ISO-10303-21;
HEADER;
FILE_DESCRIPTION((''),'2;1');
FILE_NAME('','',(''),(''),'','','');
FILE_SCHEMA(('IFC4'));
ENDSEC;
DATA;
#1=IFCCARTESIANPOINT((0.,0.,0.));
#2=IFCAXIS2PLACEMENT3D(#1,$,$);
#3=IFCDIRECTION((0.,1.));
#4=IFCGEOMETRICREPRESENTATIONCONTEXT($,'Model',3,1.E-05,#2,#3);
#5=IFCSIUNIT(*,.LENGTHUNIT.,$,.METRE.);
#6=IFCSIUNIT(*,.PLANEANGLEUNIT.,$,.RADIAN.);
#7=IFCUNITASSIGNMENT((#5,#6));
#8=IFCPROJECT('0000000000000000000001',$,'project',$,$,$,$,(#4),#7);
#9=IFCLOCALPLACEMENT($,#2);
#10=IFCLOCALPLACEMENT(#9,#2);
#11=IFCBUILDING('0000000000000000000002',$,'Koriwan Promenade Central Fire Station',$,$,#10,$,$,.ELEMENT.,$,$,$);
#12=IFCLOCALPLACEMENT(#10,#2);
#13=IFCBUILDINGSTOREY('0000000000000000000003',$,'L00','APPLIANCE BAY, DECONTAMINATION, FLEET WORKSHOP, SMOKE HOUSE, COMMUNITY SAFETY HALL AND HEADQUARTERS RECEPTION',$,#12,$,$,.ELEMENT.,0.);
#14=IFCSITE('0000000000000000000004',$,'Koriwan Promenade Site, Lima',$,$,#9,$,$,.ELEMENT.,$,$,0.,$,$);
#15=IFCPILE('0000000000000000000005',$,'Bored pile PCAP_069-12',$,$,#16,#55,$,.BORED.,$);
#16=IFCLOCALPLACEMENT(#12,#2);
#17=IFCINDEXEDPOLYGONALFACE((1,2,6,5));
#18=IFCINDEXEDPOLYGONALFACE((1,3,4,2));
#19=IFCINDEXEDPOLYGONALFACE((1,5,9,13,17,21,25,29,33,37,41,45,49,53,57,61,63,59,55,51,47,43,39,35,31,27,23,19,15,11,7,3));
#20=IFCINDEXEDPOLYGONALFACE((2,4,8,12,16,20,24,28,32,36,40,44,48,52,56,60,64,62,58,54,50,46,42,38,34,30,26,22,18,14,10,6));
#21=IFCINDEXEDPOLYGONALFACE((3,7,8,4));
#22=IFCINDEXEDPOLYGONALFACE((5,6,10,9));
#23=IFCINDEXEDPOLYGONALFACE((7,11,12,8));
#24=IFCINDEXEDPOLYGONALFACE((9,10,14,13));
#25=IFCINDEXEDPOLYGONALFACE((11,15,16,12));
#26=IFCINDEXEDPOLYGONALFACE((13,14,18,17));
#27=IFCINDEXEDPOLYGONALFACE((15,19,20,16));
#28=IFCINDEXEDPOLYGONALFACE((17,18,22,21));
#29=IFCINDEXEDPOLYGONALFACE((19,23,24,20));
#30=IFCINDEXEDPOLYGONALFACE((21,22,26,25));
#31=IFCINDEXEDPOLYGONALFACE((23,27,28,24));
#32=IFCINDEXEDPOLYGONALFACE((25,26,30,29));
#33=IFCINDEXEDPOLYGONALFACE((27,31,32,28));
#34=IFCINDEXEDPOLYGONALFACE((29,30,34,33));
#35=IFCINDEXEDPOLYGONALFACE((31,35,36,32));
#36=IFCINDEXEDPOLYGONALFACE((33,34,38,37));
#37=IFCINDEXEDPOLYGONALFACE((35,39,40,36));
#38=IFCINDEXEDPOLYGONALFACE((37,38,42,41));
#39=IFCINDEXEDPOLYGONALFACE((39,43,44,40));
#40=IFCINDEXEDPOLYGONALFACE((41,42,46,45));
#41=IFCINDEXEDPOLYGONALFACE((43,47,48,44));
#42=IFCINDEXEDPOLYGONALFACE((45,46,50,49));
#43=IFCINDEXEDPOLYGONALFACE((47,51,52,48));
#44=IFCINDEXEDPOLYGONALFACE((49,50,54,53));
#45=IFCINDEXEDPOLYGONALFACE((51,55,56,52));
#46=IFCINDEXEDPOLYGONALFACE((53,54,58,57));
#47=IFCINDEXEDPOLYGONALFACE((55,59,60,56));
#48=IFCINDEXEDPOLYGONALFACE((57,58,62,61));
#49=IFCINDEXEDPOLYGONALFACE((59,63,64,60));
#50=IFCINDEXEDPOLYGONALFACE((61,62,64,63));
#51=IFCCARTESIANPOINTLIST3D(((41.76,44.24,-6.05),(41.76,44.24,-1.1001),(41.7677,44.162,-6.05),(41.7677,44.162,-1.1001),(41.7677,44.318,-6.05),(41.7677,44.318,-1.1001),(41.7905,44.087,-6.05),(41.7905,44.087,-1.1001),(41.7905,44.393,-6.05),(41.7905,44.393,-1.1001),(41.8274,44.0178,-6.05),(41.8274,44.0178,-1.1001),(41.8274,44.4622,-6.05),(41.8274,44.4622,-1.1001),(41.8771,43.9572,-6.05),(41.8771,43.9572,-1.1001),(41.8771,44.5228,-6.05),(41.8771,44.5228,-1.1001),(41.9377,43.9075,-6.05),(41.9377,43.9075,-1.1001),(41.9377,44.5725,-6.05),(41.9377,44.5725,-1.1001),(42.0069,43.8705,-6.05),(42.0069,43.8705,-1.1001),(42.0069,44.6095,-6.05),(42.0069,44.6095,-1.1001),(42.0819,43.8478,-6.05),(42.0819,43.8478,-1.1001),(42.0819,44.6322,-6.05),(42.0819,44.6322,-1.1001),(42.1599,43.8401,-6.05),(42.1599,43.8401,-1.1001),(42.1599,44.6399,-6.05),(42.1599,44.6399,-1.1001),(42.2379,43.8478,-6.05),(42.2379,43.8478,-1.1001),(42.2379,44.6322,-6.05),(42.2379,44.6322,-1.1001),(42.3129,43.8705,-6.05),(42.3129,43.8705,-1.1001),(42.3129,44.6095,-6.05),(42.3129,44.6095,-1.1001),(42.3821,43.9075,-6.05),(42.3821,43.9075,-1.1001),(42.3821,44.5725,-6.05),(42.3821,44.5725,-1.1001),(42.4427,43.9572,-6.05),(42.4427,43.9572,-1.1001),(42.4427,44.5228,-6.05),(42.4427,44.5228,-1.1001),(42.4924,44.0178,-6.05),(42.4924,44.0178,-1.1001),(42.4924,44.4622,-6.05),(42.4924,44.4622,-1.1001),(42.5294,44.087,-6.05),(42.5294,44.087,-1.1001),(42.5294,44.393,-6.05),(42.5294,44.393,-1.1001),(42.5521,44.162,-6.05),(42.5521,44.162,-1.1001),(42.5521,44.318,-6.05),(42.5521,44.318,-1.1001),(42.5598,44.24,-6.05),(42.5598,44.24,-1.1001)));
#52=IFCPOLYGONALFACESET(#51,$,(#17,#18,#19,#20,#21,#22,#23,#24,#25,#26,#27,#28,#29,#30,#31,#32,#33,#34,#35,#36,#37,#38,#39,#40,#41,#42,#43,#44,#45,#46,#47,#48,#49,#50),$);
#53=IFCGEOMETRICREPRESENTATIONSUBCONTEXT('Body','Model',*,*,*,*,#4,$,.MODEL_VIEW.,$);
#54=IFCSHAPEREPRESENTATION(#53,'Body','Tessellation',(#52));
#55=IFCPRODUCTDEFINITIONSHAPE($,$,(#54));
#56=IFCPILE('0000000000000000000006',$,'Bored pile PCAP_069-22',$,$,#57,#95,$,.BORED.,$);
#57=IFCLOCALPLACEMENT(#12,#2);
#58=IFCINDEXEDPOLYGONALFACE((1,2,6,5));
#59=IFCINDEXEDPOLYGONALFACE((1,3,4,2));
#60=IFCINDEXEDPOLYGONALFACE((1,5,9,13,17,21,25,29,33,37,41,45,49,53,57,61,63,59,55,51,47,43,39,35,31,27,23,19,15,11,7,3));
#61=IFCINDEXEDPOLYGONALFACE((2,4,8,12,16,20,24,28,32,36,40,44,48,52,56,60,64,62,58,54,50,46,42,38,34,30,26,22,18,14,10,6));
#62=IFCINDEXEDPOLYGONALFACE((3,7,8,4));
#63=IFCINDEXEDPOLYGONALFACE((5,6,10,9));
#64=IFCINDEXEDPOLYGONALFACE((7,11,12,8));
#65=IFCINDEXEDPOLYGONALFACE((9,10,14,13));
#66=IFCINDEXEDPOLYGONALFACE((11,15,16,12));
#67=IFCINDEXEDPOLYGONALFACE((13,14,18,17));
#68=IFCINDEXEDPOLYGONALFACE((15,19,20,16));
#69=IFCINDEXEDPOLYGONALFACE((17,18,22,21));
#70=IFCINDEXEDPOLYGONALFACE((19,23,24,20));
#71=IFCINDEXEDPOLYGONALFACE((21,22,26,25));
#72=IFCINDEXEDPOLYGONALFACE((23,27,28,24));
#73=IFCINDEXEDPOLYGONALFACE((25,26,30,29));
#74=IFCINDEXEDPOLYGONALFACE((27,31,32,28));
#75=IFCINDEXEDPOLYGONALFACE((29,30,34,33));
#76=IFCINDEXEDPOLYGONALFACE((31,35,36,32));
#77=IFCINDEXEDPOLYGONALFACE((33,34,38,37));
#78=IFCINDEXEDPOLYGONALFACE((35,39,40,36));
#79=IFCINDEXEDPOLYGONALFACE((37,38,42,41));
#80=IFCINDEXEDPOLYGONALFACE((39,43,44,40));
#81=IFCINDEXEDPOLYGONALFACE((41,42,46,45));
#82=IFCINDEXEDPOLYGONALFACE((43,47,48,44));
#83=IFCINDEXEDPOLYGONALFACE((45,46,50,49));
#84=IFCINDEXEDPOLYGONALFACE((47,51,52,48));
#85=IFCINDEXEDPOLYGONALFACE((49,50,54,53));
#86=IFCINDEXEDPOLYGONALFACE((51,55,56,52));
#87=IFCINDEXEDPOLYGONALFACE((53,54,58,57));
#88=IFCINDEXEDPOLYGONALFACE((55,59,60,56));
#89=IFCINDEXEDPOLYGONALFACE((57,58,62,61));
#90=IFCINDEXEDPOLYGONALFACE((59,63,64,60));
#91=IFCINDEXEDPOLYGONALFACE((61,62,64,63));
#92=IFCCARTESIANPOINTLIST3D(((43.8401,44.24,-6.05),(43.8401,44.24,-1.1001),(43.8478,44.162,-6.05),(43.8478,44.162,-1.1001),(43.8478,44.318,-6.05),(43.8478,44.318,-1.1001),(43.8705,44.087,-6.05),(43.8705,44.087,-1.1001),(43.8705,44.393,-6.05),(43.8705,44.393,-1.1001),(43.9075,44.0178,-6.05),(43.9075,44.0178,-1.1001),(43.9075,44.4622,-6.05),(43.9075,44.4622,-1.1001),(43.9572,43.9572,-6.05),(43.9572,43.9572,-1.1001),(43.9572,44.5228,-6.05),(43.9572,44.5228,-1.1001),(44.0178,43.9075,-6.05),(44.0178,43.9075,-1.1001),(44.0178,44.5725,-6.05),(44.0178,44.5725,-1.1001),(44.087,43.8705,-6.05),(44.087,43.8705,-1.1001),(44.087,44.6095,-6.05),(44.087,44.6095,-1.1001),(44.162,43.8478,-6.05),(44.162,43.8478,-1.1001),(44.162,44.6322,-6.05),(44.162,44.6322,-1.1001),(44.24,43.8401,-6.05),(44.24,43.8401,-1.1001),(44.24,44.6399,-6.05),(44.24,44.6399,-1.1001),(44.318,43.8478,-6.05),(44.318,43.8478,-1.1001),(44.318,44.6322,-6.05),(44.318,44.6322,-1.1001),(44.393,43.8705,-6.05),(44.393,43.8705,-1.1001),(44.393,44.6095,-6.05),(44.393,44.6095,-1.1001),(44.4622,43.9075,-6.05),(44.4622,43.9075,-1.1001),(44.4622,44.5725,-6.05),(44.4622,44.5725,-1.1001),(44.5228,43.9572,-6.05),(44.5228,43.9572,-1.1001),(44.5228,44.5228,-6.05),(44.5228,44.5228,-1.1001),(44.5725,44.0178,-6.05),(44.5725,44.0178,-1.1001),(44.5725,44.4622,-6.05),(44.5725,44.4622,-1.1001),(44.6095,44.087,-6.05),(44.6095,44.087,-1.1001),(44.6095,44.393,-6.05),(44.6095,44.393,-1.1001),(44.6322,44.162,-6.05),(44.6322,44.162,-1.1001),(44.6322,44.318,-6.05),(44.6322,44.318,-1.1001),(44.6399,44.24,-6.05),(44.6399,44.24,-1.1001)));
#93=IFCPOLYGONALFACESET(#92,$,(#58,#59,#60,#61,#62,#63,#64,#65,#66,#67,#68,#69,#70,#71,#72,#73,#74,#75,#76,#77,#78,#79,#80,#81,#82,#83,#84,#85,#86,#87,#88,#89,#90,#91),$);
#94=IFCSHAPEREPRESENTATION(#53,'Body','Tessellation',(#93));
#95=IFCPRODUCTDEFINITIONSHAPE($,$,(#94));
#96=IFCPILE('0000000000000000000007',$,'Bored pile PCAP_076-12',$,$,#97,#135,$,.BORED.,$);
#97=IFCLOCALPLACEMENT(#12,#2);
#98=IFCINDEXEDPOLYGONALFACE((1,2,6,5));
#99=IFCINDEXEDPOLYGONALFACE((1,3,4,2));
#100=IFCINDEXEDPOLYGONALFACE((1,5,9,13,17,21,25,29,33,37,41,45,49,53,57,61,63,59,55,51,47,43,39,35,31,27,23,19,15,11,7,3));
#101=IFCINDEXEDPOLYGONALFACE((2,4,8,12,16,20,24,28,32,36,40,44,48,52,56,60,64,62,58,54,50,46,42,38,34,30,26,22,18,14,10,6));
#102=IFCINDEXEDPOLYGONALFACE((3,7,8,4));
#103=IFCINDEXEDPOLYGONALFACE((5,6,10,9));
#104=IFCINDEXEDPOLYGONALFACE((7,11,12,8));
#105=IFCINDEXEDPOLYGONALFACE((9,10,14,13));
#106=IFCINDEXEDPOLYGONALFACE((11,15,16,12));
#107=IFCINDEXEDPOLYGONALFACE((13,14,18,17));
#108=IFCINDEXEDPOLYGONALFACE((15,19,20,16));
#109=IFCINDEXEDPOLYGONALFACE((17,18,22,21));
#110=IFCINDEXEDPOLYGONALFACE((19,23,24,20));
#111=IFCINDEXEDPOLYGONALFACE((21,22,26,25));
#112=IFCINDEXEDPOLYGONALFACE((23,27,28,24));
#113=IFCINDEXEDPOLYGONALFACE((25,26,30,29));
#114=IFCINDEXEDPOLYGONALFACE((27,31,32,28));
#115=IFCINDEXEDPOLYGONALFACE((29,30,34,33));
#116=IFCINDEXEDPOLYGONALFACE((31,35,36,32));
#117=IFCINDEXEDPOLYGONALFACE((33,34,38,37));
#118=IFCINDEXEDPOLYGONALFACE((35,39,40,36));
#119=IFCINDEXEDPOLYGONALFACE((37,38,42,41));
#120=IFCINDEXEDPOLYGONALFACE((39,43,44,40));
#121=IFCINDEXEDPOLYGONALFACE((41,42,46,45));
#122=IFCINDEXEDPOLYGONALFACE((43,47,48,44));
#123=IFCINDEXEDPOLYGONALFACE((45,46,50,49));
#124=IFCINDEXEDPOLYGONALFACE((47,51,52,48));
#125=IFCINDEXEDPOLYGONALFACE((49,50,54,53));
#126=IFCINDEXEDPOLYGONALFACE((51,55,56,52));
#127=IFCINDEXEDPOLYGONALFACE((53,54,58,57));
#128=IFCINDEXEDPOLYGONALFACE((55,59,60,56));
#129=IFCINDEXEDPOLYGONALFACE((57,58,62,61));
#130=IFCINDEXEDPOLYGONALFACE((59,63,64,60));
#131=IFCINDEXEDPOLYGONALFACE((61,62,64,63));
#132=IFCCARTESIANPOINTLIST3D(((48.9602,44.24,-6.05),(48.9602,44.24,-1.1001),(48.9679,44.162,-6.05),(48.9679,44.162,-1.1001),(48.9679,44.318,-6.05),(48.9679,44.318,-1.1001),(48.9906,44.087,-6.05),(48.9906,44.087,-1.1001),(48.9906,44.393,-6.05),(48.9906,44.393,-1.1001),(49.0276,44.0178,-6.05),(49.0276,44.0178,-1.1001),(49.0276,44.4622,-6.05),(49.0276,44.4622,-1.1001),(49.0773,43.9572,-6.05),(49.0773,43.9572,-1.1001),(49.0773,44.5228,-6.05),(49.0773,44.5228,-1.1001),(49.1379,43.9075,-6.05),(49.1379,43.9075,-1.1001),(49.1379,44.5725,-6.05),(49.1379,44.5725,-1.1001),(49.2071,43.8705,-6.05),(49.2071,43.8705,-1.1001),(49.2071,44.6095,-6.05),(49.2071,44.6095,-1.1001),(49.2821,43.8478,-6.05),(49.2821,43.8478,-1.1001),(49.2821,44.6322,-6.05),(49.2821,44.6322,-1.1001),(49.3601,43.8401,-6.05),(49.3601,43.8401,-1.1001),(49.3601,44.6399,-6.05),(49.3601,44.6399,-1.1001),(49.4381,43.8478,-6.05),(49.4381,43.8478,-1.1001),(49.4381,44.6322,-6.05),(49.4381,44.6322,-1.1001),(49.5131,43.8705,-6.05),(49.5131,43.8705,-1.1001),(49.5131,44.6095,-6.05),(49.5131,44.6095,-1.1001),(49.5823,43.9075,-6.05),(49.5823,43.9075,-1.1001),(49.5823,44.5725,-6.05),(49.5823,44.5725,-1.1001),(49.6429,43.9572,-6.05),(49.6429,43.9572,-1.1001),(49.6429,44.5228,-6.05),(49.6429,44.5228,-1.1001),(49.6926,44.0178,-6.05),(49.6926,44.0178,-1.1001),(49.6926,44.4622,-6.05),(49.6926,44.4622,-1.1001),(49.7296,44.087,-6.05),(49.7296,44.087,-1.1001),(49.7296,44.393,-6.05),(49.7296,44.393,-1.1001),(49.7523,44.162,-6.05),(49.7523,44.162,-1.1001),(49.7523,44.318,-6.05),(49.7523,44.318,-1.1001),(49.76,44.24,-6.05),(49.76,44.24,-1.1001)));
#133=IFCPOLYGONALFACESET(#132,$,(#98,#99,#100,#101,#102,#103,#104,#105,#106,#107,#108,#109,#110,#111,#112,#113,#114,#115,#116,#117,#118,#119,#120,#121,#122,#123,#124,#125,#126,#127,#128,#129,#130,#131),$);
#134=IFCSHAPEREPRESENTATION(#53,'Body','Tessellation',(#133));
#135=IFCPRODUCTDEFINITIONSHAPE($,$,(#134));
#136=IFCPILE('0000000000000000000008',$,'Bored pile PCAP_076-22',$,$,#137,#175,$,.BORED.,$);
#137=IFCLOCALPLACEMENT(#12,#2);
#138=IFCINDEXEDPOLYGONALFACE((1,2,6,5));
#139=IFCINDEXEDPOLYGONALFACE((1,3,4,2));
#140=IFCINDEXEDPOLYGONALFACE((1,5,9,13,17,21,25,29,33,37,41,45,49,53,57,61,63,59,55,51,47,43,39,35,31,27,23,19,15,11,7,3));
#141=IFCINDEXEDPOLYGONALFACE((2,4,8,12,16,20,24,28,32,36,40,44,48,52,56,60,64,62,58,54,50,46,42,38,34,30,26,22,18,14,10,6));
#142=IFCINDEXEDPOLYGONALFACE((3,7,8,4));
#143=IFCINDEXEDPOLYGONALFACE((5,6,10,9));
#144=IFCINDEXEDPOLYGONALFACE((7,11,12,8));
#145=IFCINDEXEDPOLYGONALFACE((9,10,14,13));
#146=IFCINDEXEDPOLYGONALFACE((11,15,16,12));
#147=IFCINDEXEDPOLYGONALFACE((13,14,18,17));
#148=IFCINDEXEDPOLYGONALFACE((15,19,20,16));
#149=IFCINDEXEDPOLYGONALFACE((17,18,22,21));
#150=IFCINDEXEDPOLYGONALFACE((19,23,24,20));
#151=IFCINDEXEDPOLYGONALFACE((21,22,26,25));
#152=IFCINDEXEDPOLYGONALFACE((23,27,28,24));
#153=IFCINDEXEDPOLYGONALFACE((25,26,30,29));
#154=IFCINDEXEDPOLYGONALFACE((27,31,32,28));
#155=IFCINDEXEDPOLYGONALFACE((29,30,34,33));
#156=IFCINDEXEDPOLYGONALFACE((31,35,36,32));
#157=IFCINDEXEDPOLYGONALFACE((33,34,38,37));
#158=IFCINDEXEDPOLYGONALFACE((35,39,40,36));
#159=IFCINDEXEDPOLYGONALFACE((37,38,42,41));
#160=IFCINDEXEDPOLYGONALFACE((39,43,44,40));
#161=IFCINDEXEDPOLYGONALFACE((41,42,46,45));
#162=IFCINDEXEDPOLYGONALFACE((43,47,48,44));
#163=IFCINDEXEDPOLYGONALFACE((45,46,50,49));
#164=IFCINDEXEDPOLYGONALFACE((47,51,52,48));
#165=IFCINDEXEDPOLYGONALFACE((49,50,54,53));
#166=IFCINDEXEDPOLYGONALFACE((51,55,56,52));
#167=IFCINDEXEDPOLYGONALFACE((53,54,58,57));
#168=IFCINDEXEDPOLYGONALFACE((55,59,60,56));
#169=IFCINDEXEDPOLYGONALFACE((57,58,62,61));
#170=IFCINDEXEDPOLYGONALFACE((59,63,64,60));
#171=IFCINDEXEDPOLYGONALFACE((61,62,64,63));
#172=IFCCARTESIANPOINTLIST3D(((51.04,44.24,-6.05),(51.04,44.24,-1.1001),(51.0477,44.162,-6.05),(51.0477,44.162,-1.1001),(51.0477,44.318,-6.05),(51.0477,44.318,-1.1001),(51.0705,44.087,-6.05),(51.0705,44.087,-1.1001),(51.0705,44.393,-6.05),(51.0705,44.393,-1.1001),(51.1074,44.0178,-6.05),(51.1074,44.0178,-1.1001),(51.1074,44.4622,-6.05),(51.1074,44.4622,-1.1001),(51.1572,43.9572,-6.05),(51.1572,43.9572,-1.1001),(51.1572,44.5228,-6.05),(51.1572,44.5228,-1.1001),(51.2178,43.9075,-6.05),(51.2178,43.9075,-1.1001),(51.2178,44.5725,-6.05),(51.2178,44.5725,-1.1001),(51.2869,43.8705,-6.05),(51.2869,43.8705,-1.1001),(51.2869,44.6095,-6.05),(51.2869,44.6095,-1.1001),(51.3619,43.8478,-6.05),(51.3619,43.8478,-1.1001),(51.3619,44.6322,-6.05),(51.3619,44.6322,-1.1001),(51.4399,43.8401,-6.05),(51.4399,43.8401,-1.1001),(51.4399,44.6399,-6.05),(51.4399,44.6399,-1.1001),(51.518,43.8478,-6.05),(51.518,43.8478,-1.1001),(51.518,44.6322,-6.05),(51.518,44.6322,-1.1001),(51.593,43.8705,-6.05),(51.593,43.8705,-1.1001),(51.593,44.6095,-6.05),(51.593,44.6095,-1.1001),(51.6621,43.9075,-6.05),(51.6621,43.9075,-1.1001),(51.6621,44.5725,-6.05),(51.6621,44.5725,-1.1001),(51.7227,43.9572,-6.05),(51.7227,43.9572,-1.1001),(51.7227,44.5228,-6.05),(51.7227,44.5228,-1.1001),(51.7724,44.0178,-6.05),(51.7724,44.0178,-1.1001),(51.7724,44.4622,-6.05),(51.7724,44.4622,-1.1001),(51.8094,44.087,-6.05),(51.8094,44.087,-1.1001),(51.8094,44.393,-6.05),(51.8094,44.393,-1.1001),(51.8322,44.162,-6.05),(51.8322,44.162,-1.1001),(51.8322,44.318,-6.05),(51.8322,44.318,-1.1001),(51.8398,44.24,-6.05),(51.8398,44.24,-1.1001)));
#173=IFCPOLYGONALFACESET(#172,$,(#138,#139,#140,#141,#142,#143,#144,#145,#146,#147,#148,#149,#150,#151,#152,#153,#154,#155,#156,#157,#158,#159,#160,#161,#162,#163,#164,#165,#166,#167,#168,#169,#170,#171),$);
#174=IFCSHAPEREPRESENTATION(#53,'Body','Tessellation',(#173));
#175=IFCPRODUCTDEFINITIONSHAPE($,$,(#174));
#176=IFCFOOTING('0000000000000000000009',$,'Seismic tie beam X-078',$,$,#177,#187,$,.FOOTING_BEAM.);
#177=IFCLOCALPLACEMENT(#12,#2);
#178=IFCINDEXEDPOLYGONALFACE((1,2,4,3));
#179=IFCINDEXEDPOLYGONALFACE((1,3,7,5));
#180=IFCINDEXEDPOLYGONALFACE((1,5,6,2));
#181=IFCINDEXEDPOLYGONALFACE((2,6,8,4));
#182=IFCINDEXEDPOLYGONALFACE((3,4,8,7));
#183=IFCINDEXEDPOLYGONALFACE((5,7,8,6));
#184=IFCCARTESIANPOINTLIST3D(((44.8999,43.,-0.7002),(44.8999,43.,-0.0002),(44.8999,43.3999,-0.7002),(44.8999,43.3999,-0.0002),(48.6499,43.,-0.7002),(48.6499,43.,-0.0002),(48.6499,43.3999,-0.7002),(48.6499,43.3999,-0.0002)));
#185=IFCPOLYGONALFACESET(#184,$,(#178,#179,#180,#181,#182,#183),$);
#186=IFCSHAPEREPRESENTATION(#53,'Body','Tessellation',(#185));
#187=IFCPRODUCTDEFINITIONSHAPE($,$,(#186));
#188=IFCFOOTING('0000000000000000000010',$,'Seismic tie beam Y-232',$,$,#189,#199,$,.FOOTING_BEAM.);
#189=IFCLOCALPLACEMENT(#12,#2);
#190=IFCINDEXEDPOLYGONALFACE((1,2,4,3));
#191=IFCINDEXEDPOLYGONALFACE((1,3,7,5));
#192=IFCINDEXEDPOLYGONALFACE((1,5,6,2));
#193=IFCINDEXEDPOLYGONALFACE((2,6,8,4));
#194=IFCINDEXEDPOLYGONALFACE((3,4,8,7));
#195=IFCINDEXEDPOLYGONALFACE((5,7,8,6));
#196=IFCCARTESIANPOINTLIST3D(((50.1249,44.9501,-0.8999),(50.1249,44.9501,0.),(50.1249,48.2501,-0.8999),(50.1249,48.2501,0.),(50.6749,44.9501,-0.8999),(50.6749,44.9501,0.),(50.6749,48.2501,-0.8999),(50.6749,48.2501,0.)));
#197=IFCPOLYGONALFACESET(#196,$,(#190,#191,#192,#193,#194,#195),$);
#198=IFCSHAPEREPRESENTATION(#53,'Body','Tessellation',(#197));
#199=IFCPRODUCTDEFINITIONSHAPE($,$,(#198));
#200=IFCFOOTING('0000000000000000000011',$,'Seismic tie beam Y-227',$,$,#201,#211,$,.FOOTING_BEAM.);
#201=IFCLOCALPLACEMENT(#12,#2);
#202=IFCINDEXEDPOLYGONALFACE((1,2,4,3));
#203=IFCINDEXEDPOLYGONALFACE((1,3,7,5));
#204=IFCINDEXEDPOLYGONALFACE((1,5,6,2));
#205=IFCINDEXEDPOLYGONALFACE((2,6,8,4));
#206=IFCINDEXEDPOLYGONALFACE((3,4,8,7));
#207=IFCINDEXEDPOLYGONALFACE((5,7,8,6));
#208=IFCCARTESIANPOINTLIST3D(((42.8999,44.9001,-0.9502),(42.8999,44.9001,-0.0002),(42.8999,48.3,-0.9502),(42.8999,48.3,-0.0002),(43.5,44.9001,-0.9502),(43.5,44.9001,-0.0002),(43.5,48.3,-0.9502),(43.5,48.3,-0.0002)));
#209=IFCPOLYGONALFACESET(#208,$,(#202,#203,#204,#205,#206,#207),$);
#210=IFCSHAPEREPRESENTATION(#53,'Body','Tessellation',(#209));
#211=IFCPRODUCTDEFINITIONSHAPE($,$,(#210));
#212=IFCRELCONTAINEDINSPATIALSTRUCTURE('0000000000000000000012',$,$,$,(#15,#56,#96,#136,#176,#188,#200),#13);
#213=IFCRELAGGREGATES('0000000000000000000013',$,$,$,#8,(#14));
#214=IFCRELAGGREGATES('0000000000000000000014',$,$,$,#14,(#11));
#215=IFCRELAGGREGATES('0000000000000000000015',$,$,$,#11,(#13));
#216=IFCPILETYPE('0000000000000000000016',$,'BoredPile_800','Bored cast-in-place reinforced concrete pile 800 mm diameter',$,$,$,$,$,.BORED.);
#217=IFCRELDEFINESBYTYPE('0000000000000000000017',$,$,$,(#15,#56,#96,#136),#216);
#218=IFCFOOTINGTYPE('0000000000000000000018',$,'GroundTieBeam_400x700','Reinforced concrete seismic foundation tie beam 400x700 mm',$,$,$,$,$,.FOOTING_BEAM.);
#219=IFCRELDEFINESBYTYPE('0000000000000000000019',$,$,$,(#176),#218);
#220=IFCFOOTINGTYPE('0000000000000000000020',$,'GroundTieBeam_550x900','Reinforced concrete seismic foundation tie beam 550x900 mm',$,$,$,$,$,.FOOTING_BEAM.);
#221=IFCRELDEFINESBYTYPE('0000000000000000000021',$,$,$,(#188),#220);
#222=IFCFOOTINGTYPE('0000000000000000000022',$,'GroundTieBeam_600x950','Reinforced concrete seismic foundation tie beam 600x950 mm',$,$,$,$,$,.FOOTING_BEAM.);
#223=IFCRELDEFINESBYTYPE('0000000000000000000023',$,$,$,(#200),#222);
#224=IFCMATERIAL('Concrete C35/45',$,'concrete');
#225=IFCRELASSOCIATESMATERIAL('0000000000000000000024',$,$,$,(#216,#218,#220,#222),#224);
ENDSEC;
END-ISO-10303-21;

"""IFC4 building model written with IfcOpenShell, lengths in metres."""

from ifc_helpers import new_model, si_unit, direction, frame, origin, origin_2d, place, context, subcontext, project, spatial, rectangle, circle, extrude, material, material_profile, profile_set, type_object, element, save


model = new_model("IFC4")

# Units and contexts
model_context = context("Model", 3, precision=1e-05, world=origin(), true_north=direction((0.0, 1.0)))
body_context = subcontext(model_context, "Body", "Model", "MODEL_VIEW")
ifc_project = project(units=[si_unit("LENGTHUNIT", "METRE"), si_unit("PLANEANGLEUNIT", "RADIAN")], contexts=[model_context])

# Site, building, storey
site_placement = place(None, origin())
site = spatial("IfcSite", under=ifc_project, at=site_placement, Name="Koriwan Promenade Site, Lima", CompositionType="ELEMENT", RefElevation=0.0)
building_placement = place(site_placement, origin())
building = spatial("IfcBuilding", under=site, at=building_placement, Name="Koriwan Promenade Central Fire Station", CompositionType="ELEMENT")
storey_placement = place(building_placement, origin())
storey = spatial("IfcBuildingStorey", under=building, at=storey_placement, Name="L00", Description="APPLIANCE BAY, DECONTAMINATION, FLEET WORKSHOP, SMOKE HOUSE, COMMUNITY SAFETY HALL AND HEADQUARTERS RECEPTION", CompositionType="ELEMENT", Elevation=0.0)

# Piles
ifc_material_1 = material(Name="Concrete C35/45", Category="concrete")
ifc_material_profile_1 = material_profile(ifc_material_1, circle(Radius=0.3999, at=origin_2d()), Name="PILE-D800")
ifc_profile_set_1 = profile_set([ifc_material_profile_1], Name="Concrete C35/45")
pile_type = type_object("IfcPileType", Name="BoredPile_800", Description="Bored cast-in-place reinforced concrete pile 800 mm diameter", PredefinedType="BORED", material=ifc_profile_set_1)
for number, where, z_axis, x_axis, name in (
    (1, (42.1599, 44.24, -1.1001), (0.0, 0.0, -1.0), (1.0, 0.0, 0.0), "Bored pile PCAP_069-12"),
    (2, (44.24, 44.24, -1.1001), (0.0, 0.0, -1.0), (1.0, 0.0, 0.0), "Bored pile PCAP_069-22"),
    (3, (49.3601, 44.24, -1.1001), (0.0, 0.0, -1.0), (1.0, 0.0, 0.0), "Bored pile PCAP_076-12"),
    (4, (51.4399, 44.24, -1.1001), (0.0, 0.0, -1.0), (1.0, 0.0, 0.0), "Bored pile PCAP_076-22"),
):
    element("IfcPile", number, at=place(storey_placement, frame(where, z_axis=z_axis, x_axis=x_axis)), inside=storey, type_object=pile_type, Name=name, PredefinedType="BORED", context=body_context, shape_type="SweptSolid", body=[
        extrude(circle(Radius=0.3999, at=origin_2d()), origin(), (0.0, 0.0, 1.0), 4.95),
    ])

# Footings
footing_type_1 = type_object("IfcFootingType", Name="GroundTieBeam_400x700", Description="Reinforced concrete seismic foundation tie beam 400x700 mm", PredefinedType="FOOTING_BEAM", material=ifc_material_1)
footing_1_placement = place(storey_placement, frame((46.7749, 43.2, -0.7002), z_axis=(0.0, 0.0, 1.0), x_axis=(1.0, 0.0, 0.0)))
element("IfcFooting", 5, at=footing_1_placement, inside=storey, type_object=footing_type_1, Name="Seismic tie beam X-078", PredefinedType="FOOTING_BEAM", context=body_context, shape_type="SweptSolid", body=[
    extrude(rectangle(XDim=3.75, YDim=0.3999, at=origin_2d()), origin(), (0.0, 0.0, 1.0), 0.7),
])
footing_type_2 = type_object("IfcFootingType", Name="GroundTieBeam_550x900", Description="Reinforced concrete seismic foundation tie beam 550x900 mm", PredefinedType="FOOTING_BEAM", material=ifc_material_1)
footing_2_placement = place(storey_placement, frame((50.3999, 46.6001, -0.8999), z_axis=(0.0, 0.0, 1.0), x_axis=(0.0, 1.0, 0.0)))
element("IfcFooting", 6, at=footing_2_placement, inside=storey, type_object=footing_type_2, Name="Seismic tie beam Y-232", PredefinedType="FOOTING_BEAM", context=body_context, shape_type="SweptSolid", body=[
    extrude(rectangle(XDim=3.3, YDim=0.55, at=origin_2d()), origin(), (0.0, 0.0, 1.0), 0.8999),
])
footing_type_3 = type_object("IfcFootingType", Name="GroundTieBeam_600x950", Description="Reinforced concrete seismic foundation tie beam 600x950 mm", PredefinedType="FOOTING_BEAM", material=ifc_material_1)
footing_3_placement = place(storey_placement, frame((43.2, 46.6001, -0.9502), z_axis=(0.0, 0.0, 1.0), x_axis=(0.0, 1.0, 0.0)))
element("IfcFooting", 7, at=footing_3_placement, inside=storey, type_object=footing_type_3, Name="Seismic tie beam Y-227", PredefinedType="FOOTING_BEAM", context=body_context, shape_type="SweptSolid", body=[
    extrude(rectangle(XDim=3.3999, YDim=0.6001, at=origin_2d()), origin(), (0.0, 0.0, 1.0), 0.95),
])

save(model, "model.ifc")
